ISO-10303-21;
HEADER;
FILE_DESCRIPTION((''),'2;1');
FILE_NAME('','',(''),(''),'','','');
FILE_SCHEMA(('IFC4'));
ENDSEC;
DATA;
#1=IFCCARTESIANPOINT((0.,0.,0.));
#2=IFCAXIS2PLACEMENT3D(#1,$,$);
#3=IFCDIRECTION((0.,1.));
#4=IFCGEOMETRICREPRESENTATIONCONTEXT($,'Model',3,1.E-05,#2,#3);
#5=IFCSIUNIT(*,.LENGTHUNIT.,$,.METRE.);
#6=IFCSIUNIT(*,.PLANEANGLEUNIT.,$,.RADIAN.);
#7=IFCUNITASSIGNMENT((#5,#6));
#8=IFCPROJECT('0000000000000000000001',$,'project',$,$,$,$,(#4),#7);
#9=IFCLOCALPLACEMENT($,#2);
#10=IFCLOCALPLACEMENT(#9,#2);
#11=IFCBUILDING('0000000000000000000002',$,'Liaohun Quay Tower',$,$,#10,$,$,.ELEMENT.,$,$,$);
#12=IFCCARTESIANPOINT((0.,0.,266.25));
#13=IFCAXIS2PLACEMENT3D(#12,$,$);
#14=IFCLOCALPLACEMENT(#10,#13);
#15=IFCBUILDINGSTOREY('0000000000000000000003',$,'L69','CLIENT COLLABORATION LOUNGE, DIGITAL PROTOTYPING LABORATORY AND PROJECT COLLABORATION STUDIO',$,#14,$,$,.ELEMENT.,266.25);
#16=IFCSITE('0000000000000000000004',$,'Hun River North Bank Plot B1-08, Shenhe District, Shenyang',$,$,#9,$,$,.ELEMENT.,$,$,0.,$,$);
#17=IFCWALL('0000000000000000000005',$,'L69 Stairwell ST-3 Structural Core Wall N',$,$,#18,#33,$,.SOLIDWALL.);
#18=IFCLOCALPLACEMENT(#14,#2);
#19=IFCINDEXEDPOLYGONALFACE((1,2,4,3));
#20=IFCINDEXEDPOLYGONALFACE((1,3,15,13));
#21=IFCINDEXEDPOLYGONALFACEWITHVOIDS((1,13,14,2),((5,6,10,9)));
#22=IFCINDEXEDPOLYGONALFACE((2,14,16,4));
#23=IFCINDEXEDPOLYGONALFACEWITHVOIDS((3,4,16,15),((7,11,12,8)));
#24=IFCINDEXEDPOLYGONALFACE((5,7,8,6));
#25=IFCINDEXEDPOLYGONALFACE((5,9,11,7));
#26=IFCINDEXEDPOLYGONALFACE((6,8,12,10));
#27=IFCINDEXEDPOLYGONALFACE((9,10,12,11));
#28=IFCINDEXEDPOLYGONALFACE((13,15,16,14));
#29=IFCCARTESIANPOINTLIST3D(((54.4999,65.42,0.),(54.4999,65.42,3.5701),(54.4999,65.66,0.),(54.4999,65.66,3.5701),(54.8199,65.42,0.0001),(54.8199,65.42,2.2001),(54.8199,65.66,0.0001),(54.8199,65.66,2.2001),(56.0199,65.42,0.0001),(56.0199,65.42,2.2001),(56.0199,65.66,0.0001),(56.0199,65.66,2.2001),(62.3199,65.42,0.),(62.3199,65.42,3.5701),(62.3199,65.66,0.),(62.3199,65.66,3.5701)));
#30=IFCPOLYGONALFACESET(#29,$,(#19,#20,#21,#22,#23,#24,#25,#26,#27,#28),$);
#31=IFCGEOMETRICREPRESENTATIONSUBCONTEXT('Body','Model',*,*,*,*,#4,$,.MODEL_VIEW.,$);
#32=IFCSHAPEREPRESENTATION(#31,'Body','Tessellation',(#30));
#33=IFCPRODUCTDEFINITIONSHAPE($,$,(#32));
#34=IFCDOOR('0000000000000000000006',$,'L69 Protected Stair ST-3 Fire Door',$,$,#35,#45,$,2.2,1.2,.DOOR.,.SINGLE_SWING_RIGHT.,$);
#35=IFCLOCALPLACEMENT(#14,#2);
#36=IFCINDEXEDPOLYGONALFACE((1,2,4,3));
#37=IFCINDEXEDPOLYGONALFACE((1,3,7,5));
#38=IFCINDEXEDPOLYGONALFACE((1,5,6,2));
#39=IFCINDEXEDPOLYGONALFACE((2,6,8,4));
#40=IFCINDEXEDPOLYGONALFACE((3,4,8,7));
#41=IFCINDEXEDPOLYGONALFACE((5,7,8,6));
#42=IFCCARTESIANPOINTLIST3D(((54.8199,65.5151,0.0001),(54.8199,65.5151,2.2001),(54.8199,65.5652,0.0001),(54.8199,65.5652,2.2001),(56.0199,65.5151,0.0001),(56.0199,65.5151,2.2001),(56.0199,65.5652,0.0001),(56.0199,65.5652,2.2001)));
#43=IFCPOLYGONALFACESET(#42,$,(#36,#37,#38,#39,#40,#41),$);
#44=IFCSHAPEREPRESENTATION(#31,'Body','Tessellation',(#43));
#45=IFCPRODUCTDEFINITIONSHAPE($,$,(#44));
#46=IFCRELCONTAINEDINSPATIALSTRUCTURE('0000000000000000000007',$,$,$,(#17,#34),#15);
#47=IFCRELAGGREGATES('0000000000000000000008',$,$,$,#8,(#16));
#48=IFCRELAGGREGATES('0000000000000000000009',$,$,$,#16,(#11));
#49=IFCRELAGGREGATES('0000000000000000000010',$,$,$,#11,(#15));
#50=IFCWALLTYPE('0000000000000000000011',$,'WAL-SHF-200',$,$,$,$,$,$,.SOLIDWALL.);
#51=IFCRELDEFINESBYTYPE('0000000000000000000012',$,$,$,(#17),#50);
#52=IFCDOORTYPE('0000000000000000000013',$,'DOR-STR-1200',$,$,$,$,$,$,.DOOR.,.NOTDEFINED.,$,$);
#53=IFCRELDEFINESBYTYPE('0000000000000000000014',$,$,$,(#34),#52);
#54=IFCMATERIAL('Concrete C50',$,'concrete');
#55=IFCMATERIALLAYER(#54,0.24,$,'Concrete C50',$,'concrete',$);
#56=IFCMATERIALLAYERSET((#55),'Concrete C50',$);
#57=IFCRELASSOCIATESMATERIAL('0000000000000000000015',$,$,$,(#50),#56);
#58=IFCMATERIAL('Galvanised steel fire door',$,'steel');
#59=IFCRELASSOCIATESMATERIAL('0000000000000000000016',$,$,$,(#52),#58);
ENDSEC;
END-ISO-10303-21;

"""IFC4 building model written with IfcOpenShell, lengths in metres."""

from ifc_helpers import new_model, si_unit, direction, frame, frame_2d, origin, place, context, subcontext, project, spatial, rectangle, extrude, source, transform, mapped, material, layer, layer_set, type_object, element, fill, save


model = new_model("IFC4")

# Units and contexts
model_context = context("Model", 3, precision=1e-05, world=origin(), true_north=direction((0.0, 1.0)))
body_context = subcontext(model_context, "Body", "Model", "MODEL_VIEW")
ifc_project = project(units=[si_unit("LENGTHUNIT", "METRE"), si_unit("PLANEANGLEUNIT", "RADIAN")], contexts=[model_context])

# Site, building, storey
site_placement = place(None, origin())
site = spatial("IfcSite", under=ifc_project, at=site_placement, Name="Hun River North Bank Plot B1-08, Shenhe District, Shenyang", CompositionType="ELEMENT", RefElevation=0.0)
building_placement = place(site_placement, origin())
building = spatial("IfcBuilding", under=site, at=building_placement, Name="Liaohun Quay Tower", CompositionType="ELEMENT")
storey_placement = place(building_placement, frame((0.0, 0.0, 266.25)))
storey = spatial("IfcBuildingStorey", under=building, at=storey_placement, Name="L69", Description="CLIENT COLLABORATION LOUNGE, DIGITAL PROTOTYPING LABORATORY AND PROJECT COLLABORATION STUDIO", CompositionType="ELEMENT", Elevation=266.25)

# Shared definitions
ifc_material_1 = material(Name="Concrete C50", Category="concrete")
ifc_layer_1 = layer(ifc_material_1, 0.24, Name="Concrete C50", Category="concrete")
ifc_layer_set_1 = layer_set([ifc_layer_1], Name="Concrete C50")
wall_type_1 = type_object("IfcWallType", Name="WAL-SHF-200", PredefinedType="SOLIDWALL", material=ifc_layer_set_1)

# Wall, opening, door
wall_1_placement = place(storey_placement, frame((62.3201, 65.54, 0.0), z_axis=(0.0, 0.0, 1.0), x_axis=(-1.0, 0.0, 0.0)))
wall_1 = element("IfcWall", 1, at=wall_1_placement, inside=storey, type_object=wall_type_1, Name="L69 Stairwell ST-3 Structural Core Wall N", PredefinedType="SOLIDWALL", context=body_context, shape_type="SweptSolid", body=[
    extrude(rectangle(XDim=7.8201, YDim=0.24, at=frame_2d((3.9102, 0.0))), origin(), (0.0, 0.0, 1.0), 3.5701),
])
shared_shape_1 = source(origin(), body_context, "Body", "SweptSolid", [
    extrude(rectangle(XDim=1.2, YDim=2.2, at=frame_2d((0.6001, 1.1001))), frame((0.0, 0.1299, 0.0), z_axis=(0.0, -1.0, 0.0), x_axis=(1.0, 0.0, 0.0)), (0.0, 0.0, 1.0), 0.26),
])
opening_1_placement = place(wall_1_placement, frame((6.3, 0.0, 0.0)))
opening_1 = element("IfcOpeningElement", 2, at=opening_1_placement, cuts=wall_1, PredefinedType="OPENING", context=body_context, shape_type="MappedRepresentation", body=[
    mapped(shared_shape_1, transform((0.0, 0.0, 0.0), x_axis=(1.0, 0.0, 0.0), y_axis=(0.0, 1.0, 0.0), z_axis=(0.0, 0.0, 1.0), scale=1.0)),
])
ifc_material_2 = material(Name="Galvanised steel fire door", Category="steel")
door_type_1 = type_object("IfcDoorType", Name="DOR-STR-1200", OperationType="NOTDEFINED", PredefinedType="DOOR", material=ifc_material_2)
shared_shape_2 = source(origin(), body_context, "Body", "SweptSolid", [
    extrude(rectangle(XDim=1.2, YDim=2.2, at=frame_2d((0.6001, 1.1001))), frame((0.0, 0.0249, 0.0), z_axis=(0.0, -1.0, 0.0), x_axis=(1.0, 0.0, 0.0)), (0.0, 0.0, 1.0), 0.05),
])
door_1_placement = place(opening_1_placement, origin())
door_1 = element("IfcDoor", 3, at=door_1_placement, inside=storey, type_object=door_type_1, Name="L69 Protected Stair ST-3 Fire Door", OperationType="SINGLE_SWING_RIGHT", OverallHeight=2.2, OverallWidth=1.2, PredefinedType="DOOR", context=body_context, shape_type="MappedRepresentation", body=[
    mapped(shared_shape_2, transform((0.0, 0.0, 0.0), x_axis=(1.0, 0.0, 0.0), y_axis=(0.0, 1.0, 0.0), z_axis=(0.0, 0.0, 1.0), scale=1.0)),
])
fill(opening_1, door_1)

save(model, "model.ifc")
